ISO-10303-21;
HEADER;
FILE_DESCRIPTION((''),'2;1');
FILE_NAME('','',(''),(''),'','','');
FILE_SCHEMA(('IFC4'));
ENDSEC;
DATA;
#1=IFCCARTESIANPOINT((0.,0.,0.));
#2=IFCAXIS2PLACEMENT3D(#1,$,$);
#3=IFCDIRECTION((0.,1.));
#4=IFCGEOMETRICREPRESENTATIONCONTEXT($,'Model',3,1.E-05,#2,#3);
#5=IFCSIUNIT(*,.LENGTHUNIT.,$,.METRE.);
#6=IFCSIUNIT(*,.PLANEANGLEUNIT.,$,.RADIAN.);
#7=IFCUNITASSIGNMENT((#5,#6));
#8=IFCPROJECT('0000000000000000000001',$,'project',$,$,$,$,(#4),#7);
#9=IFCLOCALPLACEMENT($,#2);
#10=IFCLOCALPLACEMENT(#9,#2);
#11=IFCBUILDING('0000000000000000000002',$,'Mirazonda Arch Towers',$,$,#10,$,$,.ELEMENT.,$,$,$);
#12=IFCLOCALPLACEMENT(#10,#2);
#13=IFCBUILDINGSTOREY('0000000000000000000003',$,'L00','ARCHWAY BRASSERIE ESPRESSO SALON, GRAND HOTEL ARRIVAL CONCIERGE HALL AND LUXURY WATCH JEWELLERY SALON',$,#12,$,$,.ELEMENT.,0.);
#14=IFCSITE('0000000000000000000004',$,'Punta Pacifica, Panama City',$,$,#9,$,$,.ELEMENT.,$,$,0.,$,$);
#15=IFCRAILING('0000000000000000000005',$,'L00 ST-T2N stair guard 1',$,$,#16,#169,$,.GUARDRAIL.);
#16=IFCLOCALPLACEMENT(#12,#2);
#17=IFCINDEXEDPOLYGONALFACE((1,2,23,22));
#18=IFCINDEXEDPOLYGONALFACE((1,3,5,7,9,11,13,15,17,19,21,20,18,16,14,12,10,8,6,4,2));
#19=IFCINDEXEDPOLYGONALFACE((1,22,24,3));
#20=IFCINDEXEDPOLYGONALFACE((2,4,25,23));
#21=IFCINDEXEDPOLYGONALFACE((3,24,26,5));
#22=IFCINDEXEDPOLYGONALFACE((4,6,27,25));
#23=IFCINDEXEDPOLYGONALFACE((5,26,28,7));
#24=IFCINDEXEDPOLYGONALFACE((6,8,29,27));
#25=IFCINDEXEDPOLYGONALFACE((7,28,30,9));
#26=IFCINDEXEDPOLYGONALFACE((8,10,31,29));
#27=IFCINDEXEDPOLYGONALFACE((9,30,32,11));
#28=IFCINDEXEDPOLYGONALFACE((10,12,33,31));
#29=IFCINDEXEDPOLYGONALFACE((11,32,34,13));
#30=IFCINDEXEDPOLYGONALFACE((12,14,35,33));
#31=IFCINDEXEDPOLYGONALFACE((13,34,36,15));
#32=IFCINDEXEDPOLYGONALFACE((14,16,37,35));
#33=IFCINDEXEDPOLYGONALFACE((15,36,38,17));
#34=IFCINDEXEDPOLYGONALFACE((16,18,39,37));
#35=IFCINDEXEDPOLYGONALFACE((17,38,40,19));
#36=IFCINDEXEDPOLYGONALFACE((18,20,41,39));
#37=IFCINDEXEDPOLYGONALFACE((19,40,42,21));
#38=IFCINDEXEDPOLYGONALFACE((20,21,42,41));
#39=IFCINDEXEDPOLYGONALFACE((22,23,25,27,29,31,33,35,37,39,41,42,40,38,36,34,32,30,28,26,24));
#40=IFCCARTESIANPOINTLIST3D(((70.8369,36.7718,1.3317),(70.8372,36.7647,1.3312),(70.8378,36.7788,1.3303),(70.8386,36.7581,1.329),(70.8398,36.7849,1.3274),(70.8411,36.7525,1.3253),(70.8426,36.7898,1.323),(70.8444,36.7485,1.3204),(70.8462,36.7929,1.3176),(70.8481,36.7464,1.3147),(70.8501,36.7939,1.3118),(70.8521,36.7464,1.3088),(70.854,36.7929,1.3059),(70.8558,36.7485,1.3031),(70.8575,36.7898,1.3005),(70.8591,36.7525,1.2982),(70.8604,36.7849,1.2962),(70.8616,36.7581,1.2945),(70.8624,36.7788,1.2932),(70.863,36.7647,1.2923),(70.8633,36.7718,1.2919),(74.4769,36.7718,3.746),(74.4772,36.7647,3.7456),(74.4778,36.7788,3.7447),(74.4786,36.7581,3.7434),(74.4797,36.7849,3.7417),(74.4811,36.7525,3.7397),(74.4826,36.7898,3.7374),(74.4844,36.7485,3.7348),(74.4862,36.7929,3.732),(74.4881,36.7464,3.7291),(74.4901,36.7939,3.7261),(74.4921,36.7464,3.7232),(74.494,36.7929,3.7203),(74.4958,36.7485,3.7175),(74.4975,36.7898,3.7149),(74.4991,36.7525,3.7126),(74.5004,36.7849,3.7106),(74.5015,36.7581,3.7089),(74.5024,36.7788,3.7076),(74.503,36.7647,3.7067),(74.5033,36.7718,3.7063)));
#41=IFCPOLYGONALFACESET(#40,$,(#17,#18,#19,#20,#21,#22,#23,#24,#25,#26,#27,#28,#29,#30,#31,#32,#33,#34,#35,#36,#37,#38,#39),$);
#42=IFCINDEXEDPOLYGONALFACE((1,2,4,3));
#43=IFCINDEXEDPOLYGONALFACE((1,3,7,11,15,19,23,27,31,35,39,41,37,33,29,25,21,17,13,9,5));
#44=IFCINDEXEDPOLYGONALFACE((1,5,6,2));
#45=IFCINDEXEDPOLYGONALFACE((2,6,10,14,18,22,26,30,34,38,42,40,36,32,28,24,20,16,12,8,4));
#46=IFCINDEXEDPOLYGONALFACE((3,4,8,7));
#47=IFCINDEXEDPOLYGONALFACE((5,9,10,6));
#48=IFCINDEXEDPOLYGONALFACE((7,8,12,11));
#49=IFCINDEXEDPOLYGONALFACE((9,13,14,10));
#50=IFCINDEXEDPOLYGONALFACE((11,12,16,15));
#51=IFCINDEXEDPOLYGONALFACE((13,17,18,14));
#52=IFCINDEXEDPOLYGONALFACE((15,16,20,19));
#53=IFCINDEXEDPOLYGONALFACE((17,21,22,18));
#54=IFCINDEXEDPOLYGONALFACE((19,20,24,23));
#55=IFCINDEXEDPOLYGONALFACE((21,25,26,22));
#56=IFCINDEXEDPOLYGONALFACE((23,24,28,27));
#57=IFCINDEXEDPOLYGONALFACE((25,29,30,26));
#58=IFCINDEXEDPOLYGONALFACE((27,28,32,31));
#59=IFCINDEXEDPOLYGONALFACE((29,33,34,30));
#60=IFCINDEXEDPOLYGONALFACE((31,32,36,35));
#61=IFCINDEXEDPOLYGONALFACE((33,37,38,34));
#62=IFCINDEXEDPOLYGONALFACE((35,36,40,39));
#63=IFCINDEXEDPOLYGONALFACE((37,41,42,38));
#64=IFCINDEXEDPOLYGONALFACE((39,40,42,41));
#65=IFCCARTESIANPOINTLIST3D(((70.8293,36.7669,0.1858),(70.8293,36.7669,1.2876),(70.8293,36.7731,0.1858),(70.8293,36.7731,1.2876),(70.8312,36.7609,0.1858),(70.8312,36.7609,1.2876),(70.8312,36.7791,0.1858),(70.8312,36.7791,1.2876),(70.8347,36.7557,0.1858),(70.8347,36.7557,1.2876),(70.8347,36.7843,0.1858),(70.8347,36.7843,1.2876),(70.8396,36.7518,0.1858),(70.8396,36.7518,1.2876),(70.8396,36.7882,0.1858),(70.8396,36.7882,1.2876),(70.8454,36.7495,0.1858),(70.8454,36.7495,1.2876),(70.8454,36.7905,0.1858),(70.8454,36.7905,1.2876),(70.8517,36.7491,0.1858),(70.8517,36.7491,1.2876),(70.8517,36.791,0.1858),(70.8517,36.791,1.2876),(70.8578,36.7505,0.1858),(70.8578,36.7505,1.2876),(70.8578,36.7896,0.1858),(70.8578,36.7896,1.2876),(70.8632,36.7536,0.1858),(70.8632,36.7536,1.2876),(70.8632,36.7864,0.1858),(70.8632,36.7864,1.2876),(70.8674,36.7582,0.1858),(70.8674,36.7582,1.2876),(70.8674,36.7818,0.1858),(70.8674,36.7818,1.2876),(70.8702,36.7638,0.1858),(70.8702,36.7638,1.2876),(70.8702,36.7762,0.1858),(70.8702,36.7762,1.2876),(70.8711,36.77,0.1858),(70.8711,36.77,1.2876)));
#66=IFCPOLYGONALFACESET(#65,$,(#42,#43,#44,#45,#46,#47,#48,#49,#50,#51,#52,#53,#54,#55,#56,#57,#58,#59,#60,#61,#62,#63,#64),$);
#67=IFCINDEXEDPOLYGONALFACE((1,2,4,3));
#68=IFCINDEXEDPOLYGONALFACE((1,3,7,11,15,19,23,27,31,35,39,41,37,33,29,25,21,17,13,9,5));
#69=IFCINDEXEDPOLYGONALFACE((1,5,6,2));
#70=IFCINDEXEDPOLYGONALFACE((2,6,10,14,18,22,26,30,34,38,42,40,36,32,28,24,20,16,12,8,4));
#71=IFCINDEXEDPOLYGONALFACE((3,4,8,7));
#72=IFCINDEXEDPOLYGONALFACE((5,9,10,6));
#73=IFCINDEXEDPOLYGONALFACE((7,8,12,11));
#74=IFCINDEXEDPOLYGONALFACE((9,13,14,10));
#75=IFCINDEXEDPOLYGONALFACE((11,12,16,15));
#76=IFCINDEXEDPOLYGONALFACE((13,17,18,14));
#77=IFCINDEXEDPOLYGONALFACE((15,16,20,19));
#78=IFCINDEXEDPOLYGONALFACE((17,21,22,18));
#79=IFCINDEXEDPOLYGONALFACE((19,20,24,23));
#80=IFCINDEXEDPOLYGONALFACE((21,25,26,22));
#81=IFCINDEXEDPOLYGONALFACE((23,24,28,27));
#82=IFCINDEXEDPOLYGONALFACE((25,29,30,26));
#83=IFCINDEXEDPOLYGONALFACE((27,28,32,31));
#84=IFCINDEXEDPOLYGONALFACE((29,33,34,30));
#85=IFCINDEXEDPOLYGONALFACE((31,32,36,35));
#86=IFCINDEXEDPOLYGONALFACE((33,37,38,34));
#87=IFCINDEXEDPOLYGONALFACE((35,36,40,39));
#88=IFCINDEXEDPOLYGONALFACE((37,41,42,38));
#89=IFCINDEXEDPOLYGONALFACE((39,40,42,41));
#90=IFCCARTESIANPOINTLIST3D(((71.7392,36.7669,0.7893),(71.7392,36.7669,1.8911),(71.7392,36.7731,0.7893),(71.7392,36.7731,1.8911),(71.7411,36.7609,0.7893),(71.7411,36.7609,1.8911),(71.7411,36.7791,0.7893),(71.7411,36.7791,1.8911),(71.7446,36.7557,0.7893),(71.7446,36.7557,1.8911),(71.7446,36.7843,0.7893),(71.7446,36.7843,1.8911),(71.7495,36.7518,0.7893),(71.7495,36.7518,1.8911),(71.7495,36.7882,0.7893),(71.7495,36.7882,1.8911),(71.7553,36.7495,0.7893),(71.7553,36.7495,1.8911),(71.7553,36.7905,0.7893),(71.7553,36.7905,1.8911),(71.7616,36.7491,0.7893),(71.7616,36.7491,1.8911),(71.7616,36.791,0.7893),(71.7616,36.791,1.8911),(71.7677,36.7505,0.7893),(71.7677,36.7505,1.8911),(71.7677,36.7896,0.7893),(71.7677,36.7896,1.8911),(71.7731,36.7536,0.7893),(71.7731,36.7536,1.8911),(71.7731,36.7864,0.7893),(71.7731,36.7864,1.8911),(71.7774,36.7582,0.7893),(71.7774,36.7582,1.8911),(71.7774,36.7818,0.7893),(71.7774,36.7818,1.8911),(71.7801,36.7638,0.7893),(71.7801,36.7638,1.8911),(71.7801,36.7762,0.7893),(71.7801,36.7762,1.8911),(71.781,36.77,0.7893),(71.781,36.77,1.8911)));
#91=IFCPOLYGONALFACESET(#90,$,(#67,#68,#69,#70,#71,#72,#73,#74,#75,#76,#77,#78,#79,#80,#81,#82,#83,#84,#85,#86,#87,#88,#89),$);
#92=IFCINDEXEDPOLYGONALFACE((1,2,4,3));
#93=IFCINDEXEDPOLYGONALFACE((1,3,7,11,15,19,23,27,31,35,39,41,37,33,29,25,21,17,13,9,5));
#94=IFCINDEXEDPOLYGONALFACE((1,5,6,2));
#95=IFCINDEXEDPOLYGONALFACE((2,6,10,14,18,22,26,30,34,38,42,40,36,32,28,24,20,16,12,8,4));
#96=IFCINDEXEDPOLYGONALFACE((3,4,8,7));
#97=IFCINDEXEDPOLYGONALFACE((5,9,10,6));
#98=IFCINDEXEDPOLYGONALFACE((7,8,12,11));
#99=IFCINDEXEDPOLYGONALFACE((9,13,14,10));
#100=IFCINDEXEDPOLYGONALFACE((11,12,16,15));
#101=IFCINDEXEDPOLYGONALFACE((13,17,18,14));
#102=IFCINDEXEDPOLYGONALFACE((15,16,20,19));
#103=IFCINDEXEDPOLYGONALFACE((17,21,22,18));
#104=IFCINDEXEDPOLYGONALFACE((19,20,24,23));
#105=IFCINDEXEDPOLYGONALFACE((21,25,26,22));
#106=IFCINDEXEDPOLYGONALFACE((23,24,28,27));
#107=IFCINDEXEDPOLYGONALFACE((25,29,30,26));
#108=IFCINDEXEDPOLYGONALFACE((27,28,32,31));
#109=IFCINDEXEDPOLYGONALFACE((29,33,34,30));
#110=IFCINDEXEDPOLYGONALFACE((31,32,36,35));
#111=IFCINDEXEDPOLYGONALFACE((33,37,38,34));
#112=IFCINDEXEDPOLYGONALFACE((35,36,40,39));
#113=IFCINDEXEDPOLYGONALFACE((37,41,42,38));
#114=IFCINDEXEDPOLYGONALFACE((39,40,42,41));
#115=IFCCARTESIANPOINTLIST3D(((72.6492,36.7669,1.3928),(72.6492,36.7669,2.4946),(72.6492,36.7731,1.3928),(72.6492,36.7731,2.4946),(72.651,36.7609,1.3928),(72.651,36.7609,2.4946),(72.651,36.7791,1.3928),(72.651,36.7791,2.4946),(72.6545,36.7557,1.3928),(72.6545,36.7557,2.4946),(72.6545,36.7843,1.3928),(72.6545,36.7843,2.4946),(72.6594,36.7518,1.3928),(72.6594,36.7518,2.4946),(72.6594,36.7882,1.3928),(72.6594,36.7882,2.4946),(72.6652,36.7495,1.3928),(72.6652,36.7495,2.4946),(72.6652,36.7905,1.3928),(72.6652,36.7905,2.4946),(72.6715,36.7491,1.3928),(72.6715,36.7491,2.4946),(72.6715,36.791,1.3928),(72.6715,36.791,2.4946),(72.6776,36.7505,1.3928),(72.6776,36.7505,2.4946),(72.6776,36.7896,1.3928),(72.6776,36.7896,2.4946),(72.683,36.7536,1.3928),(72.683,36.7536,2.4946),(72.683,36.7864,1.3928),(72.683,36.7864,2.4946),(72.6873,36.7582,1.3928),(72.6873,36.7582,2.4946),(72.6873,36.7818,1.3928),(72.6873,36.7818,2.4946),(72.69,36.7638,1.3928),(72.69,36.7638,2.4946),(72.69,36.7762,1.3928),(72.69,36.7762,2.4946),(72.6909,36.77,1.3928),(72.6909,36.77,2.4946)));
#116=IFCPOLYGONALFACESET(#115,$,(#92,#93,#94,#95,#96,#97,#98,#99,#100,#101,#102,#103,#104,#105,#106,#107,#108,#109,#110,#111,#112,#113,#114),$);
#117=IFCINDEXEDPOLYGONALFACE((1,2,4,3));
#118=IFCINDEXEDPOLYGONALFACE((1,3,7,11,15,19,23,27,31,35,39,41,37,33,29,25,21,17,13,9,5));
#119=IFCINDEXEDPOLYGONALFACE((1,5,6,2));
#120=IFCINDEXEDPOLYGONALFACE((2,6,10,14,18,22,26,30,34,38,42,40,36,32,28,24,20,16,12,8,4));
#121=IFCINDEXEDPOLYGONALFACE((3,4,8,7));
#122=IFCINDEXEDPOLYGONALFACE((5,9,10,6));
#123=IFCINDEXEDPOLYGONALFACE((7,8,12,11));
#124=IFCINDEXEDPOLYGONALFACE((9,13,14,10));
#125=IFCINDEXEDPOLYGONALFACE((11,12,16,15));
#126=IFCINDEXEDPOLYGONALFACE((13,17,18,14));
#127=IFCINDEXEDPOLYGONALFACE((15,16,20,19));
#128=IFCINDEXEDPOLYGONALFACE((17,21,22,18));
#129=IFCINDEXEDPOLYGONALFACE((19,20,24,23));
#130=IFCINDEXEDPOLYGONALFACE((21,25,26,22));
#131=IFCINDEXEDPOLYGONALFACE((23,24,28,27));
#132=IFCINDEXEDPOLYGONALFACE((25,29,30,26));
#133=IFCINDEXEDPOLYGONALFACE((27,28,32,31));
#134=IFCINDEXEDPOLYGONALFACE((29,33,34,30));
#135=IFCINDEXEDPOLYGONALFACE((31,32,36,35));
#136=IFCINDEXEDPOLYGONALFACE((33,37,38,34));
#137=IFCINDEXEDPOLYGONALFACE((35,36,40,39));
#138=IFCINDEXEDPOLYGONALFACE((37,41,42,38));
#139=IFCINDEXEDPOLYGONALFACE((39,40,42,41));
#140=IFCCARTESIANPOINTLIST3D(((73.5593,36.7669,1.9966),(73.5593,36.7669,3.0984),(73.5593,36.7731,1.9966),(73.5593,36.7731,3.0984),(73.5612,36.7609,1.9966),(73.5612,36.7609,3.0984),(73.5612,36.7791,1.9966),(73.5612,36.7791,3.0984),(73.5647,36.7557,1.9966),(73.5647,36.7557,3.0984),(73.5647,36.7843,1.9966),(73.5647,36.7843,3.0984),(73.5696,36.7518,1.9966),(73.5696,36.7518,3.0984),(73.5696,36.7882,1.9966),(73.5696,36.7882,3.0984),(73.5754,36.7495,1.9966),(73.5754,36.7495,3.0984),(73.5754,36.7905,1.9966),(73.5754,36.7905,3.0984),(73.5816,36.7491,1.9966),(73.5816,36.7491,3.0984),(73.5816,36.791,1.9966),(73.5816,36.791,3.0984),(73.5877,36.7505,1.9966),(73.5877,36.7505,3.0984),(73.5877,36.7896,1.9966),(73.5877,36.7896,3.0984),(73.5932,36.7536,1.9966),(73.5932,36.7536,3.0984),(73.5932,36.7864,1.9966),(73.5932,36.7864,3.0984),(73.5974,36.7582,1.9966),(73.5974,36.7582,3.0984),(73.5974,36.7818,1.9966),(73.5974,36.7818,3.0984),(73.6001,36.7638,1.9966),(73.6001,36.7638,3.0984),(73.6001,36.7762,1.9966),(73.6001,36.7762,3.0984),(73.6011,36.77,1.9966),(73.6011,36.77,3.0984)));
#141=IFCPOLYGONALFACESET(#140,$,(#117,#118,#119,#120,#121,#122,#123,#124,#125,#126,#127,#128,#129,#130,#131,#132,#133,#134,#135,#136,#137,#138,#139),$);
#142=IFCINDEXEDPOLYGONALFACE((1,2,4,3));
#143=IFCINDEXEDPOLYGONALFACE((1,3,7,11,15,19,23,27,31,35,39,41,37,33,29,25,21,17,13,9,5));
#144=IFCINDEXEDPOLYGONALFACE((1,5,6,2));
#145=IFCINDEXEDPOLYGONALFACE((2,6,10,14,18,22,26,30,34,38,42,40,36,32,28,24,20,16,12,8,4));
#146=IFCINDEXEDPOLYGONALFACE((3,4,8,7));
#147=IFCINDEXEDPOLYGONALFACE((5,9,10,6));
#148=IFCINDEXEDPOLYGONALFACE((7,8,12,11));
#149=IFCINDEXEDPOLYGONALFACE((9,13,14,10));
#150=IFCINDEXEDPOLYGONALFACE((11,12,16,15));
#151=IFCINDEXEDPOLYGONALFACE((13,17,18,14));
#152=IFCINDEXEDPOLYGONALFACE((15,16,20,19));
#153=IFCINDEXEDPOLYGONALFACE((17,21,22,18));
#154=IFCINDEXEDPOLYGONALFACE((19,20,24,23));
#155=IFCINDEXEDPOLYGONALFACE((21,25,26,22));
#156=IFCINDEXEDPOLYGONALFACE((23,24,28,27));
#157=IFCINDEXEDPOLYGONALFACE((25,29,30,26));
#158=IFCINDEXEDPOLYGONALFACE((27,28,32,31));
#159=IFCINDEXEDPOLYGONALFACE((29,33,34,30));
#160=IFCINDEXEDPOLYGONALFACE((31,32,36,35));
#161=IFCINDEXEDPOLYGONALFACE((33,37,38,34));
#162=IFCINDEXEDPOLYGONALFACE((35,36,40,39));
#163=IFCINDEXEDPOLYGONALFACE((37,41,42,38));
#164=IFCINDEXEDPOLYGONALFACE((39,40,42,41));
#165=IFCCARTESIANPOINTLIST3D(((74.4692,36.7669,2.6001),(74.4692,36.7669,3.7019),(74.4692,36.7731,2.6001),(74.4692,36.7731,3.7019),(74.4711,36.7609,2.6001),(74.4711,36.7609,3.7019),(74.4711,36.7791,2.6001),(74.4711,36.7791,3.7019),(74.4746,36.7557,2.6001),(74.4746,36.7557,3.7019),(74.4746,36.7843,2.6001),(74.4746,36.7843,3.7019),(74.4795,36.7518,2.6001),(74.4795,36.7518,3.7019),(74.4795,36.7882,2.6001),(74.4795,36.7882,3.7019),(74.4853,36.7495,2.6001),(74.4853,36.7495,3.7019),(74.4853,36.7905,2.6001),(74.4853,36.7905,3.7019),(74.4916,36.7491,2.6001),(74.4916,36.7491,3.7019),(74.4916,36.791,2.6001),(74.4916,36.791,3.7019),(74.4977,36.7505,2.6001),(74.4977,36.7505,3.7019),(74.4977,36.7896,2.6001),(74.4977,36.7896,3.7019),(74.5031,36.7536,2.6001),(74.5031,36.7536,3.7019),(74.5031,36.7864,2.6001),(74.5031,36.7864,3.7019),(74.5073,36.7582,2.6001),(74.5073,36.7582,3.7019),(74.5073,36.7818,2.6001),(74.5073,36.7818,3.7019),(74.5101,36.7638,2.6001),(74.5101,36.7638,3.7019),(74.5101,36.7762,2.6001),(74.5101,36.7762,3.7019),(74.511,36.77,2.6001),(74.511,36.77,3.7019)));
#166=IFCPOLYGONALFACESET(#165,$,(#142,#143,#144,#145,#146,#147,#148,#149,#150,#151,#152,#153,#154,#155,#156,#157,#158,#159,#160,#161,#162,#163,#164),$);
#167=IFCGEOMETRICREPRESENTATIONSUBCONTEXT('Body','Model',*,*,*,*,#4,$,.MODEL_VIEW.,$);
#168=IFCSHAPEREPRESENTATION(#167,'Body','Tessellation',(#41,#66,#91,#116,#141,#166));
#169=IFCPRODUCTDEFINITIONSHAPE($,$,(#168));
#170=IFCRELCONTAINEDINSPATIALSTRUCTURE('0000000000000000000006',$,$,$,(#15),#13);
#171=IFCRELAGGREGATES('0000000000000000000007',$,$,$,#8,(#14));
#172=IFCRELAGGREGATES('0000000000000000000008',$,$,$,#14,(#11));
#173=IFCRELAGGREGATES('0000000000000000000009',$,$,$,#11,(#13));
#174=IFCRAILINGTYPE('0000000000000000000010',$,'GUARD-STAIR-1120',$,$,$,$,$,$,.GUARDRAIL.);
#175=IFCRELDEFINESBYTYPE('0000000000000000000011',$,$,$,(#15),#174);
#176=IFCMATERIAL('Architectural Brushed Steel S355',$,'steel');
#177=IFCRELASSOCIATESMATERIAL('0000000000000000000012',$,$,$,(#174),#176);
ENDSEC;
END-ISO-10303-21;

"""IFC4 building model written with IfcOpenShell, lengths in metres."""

from ifc_helpers import new_model, si_unit, direction, frame, origin, origin_2d, place, context, subcontext, project, spatial, circle, extrude, material, type_object, element, save


model = new_model("IFC4")

# Units and contexts
model_context = context("Model", 3, precision=1e-05, world=origin(), true_north=direction((0.0, 1.0)))
body_context = subcontext(model_context, "Body", "Model", "MODEL_VIEW")
ifc_project = project(units=[si_unit("LENGTHUNIT", "METRE"), si_unit("PLANEANGLEUNIT", "RADIAN")], contexts=[model_context])

# Site, building, storey
site_placement = place(None, origin())
site = spatial("IfcSite", under=ifc_project, at=site_placement, Name="Punta Pacifica, Panama City", CompositionType="ELEMENT", RefElevation=0.0)
building_placement = place(site_placement, origin())
building = spatial("IfcBuilding", under=site, at=building_placement, Name="Mirazonda Arch Towers", CompositionType="ELEMENT")
storey_placement = place(building_placement, origin())
storey = spatial("IfcBuildingStorey", under=building, at=storey_placement, Name="L00", Description="ARCHWAY BRASSERIE ESPRESSO SALON, GRAND HOTEL ARRIVAL CONCIERGE HALL AND LUXURY WATCH JEWELLERY SALON", CompositionType="ELEMENT", Elevation=0.0)

# Shared definitions
ifc_material_1 = material(Name="Architectural Brushed Steel S355", Category="steel")

# Railing
railing_type_1 = type_object("IfcRailingType", Name="GUARD-STAIR-1120", PredefinedType="GUARDRAIL", material=ifc_material_1)
railing_1_placement = place(storey_placement, frame((70.8501, 36.77, 0.1858)))
element("IfcRailing", 1, at=railing_1_placement, inside=storey, type_object=railing_type_1, Name="L00 ST-T2N stair guard 1", PredefinedType="GUARDRAIL", context=body_context, shape_type="SweptSolid", body=[
    extrude(circle(Radius=0.0239, at=origin_2d()), frame((0.0, 0.0, 1.126), z_axis=(0.833347, 0.0, 0.552751), x_axis=(0.0, 1.0, 0.0)), (0.0, 0.0, 1.0), 4.3679),
    extrude(circle(Radius=0.021, at=origin_2d()), origin(), (0.0, 0.0, 1.0), 1.1018),
    extrude(circle(Radius=0.021, at=origin_2d()), frame((0.9099, 0.0, 0.6035)), (0.0, 0.0, 1.0), 1.1018),
    extrude(circle(Radius=0.021, at=origin_2d()), frame((1.8198, 0.0, 1.207)), (0.0, 0.0, 1.0), 1.1018),
    extrude(circle(Radius=0.021, at=origin_2d()), frame((2.73, 0.0, 1.8108)), (0.0, 0.0, 1.0), 1.1018),
    extrude(circle(Radius=0.021, at=origin_2d()), frame((3.6399, 0.0, 2.4143)), (0.0, 0.0, 1.0), 1.1018),
])

save(model, "model.ifc")
